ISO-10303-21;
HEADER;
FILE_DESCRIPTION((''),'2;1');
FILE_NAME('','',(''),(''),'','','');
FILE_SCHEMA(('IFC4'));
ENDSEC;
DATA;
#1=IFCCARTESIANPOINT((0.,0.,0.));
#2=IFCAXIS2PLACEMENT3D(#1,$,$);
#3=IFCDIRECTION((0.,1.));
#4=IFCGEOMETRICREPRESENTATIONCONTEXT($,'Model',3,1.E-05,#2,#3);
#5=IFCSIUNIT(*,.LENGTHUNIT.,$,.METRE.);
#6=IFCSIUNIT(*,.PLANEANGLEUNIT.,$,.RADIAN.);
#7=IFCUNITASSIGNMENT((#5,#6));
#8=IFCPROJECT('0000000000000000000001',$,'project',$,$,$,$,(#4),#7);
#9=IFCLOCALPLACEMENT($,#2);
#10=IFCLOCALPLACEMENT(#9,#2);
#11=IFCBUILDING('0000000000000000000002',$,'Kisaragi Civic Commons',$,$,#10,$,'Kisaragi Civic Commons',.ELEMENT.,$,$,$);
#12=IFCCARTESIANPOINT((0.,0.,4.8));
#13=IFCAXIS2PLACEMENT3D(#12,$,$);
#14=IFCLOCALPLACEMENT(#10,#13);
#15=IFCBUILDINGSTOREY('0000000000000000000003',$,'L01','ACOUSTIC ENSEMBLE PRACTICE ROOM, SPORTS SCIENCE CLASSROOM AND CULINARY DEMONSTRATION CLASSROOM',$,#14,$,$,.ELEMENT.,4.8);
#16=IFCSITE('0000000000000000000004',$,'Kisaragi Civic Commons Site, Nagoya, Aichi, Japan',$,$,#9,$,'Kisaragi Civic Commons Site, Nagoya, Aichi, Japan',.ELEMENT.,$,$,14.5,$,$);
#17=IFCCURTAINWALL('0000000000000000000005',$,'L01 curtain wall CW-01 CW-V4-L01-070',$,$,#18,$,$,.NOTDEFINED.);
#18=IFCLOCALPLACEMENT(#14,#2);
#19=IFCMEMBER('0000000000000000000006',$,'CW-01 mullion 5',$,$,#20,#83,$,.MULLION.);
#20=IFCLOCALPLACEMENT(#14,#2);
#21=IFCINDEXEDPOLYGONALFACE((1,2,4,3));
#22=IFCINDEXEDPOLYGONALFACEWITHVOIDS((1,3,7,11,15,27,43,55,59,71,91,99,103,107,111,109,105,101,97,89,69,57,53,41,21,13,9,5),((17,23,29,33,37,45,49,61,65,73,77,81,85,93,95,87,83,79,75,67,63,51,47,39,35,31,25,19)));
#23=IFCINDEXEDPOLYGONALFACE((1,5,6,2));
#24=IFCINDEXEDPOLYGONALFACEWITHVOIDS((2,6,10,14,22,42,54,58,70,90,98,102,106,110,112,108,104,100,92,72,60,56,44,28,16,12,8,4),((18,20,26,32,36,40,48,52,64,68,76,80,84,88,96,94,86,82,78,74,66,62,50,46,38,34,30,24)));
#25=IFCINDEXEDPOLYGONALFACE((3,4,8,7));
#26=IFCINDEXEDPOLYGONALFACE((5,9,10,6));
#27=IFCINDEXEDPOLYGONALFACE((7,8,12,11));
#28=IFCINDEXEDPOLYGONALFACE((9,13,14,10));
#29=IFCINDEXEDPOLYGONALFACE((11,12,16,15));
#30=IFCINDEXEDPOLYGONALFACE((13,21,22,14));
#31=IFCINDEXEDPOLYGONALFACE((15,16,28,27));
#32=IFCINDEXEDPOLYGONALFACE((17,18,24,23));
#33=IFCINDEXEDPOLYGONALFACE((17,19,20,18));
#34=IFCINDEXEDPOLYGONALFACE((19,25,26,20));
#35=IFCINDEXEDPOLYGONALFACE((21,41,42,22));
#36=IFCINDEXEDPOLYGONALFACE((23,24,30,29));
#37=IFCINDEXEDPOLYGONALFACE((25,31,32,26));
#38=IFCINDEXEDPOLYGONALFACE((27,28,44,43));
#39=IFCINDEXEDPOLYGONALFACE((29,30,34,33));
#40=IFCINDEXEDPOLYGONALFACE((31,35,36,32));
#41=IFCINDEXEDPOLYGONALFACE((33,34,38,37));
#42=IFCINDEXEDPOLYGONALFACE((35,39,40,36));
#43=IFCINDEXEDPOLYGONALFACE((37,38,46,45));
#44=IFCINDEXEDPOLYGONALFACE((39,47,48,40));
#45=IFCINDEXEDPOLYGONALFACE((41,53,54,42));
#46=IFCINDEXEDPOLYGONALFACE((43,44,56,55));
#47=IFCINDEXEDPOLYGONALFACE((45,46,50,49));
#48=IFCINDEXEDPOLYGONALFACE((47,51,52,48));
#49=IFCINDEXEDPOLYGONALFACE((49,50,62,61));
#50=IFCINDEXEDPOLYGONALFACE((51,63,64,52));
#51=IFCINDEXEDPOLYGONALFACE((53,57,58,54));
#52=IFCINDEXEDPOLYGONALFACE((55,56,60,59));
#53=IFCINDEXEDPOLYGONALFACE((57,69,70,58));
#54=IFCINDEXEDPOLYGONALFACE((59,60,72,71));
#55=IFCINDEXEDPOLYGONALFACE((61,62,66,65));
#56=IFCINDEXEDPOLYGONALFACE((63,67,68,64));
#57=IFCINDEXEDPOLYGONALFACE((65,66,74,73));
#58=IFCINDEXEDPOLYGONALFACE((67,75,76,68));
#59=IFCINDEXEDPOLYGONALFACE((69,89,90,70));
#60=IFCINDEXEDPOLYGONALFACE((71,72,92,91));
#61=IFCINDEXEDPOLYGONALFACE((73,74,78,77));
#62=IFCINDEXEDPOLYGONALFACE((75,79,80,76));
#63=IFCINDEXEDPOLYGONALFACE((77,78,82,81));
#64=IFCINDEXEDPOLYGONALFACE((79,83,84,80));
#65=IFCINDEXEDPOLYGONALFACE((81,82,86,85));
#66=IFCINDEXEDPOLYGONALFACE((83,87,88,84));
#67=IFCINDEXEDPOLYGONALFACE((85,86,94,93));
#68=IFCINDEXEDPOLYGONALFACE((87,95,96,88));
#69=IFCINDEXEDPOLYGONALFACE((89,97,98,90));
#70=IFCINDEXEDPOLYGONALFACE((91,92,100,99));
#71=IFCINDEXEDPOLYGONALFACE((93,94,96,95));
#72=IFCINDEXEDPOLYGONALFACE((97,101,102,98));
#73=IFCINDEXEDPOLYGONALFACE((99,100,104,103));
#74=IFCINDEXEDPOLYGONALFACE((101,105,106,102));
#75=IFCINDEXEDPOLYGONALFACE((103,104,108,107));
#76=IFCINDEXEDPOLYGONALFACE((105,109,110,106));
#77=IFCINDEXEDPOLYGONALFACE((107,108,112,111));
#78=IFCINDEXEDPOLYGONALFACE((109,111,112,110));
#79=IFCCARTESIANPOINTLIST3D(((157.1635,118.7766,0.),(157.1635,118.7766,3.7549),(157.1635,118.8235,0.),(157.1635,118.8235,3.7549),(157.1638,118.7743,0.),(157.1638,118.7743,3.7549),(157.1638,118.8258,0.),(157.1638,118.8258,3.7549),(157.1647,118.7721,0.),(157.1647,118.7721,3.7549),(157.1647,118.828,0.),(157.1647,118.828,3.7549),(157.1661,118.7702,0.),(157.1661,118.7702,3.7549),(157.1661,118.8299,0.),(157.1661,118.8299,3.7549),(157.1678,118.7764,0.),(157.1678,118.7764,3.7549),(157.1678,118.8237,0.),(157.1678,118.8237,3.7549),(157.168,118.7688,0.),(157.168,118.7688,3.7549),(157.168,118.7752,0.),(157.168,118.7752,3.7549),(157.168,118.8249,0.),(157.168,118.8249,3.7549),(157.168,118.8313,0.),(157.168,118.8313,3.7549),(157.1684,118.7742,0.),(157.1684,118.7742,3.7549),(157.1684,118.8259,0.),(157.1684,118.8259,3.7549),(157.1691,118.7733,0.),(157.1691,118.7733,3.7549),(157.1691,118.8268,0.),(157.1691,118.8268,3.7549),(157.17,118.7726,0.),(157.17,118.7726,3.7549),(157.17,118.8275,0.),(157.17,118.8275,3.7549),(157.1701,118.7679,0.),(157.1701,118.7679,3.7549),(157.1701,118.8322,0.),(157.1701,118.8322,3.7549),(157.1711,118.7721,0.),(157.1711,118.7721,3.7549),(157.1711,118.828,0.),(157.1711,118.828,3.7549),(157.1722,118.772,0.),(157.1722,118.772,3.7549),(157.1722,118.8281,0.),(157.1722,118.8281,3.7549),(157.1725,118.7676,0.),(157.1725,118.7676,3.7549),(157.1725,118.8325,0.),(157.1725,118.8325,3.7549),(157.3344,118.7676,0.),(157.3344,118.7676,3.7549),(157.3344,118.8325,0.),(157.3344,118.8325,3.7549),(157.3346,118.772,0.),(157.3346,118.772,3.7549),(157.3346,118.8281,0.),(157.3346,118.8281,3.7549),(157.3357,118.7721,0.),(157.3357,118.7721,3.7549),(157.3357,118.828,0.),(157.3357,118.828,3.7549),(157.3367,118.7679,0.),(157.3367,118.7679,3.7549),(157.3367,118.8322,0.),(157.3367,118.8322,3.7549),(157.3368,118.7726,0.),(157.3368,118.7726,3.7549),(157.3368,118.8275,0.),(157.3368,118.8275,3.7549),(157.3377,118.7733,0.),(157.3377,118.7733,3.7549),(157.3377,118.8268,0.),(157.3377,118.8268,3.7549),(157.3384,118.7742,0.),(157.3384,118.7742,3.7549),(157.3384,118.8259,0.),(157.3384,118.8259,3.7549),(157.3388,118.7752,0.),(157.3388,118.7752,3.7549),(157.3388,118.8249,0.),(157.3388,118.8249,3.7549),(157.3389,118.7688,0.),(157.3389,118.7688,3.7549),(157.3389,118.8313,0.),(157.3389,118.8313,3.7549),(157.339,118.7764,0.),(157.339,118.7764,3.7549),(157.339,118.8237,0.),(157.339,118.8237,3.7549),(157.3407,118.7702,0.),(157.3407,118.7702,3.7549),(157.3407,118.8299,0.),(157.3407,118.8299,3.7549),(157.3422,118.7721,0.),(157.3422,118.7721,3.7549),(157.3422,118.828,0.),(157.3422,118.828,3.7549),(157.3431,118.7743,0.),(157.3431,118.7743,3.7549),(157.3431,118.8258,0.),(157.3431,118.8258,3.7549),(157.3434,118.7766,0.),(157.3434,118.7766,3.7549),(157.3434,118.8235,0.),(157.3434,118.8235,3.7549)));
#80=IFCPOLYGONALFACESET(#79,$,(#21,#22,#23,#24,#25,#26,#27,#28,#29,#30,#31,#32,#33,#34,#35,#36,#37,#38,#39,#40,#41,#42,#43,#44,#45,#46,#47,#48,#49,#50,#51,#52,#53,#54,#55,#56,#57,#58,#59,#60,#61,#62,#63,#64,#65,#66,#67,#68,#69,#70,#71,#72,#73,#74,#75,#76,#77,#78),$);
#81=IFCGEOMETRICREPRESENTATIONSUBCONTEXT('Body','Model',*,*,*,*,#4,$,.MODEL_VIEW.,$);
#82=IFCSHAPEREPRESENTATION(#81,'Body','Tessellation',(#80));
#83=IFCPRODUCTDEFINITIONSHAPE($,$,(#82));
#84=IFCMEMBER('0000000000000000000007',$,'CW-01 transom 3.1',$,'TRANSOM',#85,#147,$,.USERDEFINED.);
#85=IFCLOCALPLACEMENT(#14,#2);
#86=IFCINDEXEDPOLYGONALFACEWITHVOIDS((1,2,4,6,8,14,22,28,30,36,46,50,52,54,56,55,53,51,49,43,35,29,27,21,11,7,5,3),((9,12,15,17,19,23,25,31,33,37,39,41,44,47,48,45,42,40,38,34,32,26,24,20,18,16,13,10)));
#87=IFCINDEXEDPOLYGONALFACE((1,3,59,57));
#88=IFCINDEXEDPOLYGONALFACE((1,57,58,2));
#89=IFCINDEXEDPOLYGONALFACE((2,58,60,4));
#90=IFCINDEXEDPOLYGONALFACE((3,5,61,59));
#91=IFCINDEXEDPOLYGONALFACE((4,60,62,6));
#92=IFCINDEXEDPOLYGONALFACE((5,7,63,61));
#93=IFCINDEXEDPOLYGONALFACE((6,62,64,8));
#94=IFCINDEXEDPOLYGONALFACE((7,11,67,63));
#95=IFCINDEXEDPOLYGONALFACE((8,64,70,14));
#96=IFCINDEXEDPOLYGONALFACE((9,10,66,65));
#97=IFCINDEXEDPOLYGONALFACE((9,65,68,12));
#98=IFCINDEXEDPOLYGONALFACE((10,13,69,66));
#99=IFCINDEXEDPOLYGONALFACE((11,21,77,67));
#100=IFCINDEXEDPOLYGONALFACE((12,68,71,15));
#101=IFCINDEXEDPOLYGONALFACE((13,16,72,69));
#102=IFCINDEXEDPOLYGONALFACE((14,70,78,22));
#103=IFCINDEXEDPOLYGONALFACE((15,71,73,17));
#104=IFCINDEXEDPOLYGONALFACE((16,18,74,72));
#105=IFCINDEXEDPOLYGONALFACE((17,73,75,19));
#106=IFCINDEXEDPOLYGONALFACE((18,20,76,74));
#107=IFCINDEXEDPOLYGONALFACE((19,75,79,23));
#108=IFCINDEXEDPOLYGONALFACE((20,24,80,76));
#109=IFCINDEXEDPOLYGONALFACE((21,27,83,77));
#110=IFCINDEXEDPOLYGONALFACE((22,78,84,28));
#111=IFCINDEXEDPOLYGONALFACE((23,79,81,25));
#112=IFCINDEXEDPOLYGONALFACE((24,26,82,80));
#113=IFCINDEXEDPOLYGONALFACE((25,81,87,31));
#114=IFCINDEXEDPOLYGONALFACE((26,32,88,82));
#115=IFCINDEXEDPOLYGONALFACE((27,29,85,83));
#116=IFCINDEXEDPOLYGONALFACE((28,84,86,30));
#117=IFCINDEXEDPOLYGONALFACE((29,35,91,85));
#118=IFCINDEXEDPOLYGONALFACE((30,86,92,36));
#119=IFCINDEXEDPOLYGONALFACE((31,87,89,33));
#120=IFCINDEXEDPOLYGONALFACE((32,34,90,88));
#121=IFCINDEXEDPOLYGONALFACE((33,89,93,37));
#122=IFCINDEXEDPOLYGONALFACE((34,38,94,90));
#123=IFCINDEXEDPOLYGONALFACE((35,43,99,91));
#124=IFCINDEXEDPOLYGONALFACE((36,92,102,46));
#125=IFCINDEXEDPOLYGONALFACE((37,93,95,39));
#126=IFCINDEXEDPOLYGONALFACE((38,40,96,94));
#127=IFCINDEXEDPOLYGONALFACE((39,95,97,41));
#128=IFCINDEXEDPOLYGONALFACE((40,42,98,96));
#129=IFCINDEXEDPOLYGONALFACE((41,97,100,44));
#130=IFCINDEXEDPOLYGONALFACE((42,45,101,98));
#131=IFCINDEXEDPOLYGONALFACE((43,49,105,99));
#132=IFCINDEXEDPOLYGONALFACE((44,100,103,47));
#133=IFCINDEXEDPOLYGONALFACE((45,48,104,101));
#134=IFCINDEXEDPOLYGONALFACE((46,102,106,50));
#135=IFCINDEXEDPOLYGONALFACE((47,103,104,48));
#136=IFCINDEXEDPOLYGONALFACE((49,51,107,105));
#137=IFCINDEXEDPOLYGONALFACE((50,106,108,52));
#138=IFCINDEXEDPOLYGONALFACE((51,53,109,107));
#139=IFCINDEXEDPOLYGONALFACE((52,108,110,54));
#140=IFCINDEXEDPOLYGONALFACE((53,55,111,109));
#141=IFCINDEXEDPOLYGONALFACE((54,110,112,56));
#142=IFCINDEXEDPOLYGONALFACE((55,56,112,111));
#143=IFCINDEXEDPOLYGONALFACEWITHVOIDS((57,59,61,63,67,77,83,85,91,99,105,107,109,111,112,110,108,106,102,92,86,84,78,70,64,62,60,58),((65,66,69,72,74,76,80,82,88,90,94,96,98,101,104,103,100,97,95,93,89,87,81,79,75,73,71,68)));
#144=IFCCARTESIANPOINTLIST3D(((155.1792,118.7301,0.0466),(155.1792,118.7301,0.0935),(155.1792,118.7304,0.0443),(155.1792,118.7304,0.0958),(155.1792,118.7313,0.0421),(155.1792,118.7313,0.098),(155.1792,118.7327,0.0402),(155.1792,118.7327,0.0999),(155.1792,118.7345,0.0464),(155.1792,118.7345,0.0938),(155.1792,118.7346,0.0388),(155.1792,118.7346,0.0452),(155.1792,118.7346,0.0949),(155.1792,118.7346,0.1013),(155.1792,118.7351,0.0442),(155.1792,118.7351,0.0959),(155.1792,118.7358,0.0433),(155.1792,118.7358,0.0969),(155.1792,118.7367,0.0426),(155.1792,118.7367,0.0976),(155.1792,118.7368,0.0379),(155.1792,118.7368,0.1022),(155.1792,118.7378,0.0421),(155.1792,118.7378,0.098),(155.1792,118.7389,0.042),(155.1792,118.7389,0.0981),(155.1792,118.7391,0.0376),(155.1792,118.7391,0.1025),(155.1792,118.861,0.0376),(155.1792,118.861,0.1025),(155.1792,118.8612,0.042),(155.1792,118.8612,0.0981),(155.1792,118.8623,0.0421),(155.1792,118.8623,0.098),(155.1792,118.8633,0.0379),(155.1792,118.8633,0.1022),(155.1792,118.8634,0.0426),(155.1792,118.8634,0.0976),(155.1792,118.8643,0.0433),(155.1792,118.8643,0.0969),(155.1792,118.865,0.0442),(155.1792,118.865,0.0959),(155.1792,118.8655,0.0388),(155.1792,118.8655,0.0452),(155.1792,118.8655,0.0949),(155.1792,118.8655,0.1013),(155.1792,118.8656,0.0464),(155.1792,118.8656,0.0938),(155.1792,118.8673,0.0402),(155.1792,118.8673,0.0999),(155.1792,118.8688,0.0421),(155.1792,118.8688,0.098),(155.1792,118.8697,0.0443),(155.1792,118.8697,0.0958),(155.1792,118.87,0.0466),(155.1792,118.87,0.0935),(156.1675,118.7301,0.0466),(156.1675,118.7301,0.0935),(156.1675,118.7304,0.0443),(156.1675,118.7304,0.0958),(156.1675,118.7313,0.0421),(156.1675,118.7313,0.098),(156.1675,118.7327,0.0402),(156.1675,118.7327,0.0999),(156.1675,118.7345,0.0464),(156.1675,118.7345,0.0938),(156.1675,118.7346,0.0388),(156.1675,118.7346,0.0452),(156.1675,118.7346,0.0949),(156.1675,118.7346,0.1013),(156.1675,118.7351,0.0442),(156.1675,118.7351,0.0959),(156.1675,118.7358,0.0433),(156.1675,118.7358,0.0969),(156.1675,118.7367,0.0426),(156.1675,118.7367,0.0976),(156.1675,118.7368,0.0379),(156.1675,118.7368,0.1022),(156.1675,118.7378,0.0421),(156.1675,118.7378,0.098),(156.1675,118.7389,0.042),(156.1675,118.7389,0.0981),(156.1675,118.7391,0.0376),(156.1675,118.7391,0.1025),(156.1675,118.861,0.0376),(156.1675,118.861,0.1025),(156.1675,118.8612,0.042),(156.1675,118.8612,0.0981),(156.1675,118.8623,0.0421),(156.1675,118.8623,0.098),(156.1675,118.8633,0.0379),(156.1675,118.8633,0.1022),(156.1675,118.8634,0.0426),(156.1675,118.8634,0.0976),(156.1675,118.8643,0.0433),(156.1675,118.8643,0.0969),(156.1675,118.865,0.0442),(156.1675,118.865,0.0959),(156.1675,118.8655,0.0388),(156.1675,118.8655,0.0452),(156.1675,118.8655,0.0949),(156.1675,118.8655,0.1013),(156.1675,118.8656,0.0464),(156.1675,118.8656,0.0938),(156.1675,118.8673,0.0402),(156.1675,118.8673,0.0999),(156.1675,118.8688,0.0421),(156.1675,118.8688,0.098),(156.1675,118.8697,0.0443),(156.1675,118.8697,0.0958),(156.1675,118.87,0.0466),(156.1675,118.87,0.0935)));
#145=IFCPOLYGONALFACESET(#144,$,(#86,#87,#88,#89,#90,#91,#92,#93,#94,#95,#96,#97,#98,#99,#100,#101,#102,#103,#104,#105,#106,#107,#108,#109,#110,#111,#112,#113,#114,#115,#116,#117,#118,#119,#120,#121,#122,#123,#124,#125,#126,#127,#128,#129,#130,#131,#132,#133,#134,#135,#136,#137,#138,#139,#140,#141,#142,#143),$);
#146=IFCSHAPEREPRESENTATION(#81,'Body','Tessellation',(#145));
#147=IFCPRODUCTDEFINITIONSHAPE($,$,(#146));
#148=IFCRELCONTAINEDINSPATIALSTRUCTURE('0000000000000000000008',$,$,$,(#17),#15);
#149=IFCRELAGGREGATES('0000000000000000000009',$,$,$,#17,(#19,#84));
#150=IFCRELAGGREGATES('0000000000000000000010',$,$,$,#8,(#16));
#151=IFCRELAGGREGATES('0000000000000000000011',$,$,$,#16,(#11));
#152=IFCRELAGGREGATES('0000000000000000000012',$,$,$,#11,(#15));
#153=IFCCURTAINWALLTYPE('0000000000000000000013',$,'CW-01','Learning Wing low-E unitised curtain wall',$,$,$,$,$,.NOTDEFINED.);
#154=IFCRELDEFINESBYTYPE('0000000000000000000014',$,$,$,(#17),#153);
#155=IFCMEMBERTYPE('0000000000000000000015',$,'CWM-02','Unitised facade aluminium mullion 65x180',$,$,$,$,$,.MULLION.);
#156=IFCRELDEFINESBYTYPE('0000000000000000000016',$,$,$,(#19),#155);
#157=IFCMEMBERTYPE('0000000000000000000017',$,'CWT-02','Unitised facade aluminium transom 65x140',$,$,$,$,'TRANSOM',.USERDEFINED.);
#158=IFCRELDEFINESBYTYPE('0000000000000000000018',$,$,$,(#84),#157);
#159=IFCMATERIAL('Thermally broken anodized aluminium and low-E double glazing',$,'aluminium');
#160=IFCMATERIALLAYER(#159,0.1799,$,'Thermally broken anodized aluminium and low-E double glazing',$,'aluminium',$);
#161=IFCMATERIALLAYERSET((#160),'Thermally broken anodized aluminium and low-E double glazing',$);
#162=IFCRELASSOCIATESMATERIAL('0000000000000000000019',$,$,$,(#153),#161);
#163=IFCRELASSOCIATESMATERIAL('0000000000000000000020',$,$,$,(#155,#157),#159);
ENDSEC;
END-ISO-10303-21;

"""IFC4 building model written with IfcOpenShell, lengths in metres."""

from ifc_helpers import new_model, si_unit, direction, frame, origin, origin_2d, place, context, subcontext, project, spatial, hollow_rectangle, extrude, material, layer, layer_set, material_profile, profile_set, type_object, element, aggregate, save


model = new_model("IFC4")

# Units and contexts
model_context = context("Model", 3, precision=1e-05, world=origin(), true_north=direction((0.0, 1.0)))
body_context = subcontext(model_context, "Body", "Model", "MODEL_VIEW")
ifc_project = project(units=[si_unit("LENGTHUNIT", "METRE"), si_unit("PLANEANGLEUNIT", "RADIAN")], contexts=[model_context])

# Site, building, storey
site_placement = place(None, origin())
site = spatial("IfcSite", under=ifc_project, at=site_placement, Name="Kisaragi Civic Commons Site, Nagoya, Aichi, Japan", LongName="Kisaragi Civic Commons Site, Nagoya, Aichi, Japan", CompositionType="ELEMENT", RefElevation=14.5)
building_placement = place(site_placement, origin())
building = spatial("IfcBuilding", under=site, at=building_placement, Name="Kisaragi Civic Commons", LongName="Kisaragi Civic Commons", CompositionType="ELEMENT")
storey_placement = place(building_placement, frame((0.0, 0.0, 4.8)))
storey = spatial("IfcBuildingStorey", under=building, at=storey_placement, Name="L01", Description="ACOUSTIC ENSEMBLE PRACTICE ROOM, SPORTS SCIENCE CLASSROOM AND CULINARY DEMONSTRATION CLASSROOM", CompositionType="ELEMENT", Elevation=4.8)

# Curtain wall, members
ifc_material = material(Name="Thermally broken anodized aluminium and low-E double glazing", Category="aluminium")
ifc_layer_1 = layer(ifc_material, 0.1799, Name="Thermally broken anodized aluminium and low-E double glazing", Category="aluminium")
ifc_layer_set_1 = layer_set([ifc_layer_1], Name="Thermally broken anodized aluminium and low-E double glazing")
curtain_wall_type = type_object("IfcCurtainWallType", Name="CW-01", Description="Learning Wing low-E unitised curtain wall", PredefinedType="NOTDEFINED", material=ifc_layer_set_1)
curtain_wall_placement = place(storey_placement, origin())
curtain_wall = element("IfcCurtainWall", 1, at=curtain_wall_placement, inside=storey, type_object=curtain_wall_type, Name="L01 curtain wall CW-01 CW-V4-L01-070", PredefinedType="NOTDEFINED")
ifc_material_profile_1 = material_profile(ifc_material, hollow_rectangle(XDim=0.0649, YDim=0.1799, WallThickness=0.0044, InnerFilletRadius=0.0044, OuterFilletRadius=0.009, at=origin_2d()), Name="CWM-65x180x4.5", Category="aluminium")
ifc_profile_set_1 = profile_set([ifc_material_profile_1], Name="Thermally broken anodized aluminium and low-E double glazing")
member_type_1 = type_object("IfcMemberType", Name="CWM-02", Description="Unitised facade aluminium mullion 65x180", PredefinedType="MULLION", material=ifc_profile_set_1)
member_1_placement = place(storey_placement, frame((157.2534, 118.8, 0.0), z_axis=(0.0, 0.0, 1.0), x_axis=(0.0, 1.0, 0.0)))
member_1 = element("IfcMember", 2, at=member_1_placement, type_object=member_type_1, Name="CW-01 mullion 5", PredefinedType="MULLION", context=body_context, shape_type="SweptSolid", body=[
    extrude(hollow_rectangle(XDim=0.0649, YDim=0.1799, WallThickness=0.0044, InnerFilletRadius=0.0044, OuterFilletRadius=0.009, at=origin_2d()), origin(), (0.0, 0.0, 1.0), 3.7549),
])
ifc_material_profile_2 = material_profile(ifc_material, hollow_rectangle(XDim=0.1399, YDim=0.0649, WallThickness=0.0044, InnerFilletRadius=0.0044, OuterFilletRadius=0.009, at=origin_2d()), Name="CWT-65x140x4.5", Category="aluminium")
ifc_profile_set_2 = profile_set([ifc_material_profile_2], Name="Thermally broken anodized aluminium and low-E double glazing")
member_type_2 = type_object("IfcMemberType", Name="CWT-02", Description="Unitised facade aluminium transom 65x140", ElementType="TRANSOM", PredefinedType="USERDEFINED", material=ifc_profile_set_2)
member_2_placement = place(storey_placement, frame((155.1792, 118.8, 0.0701), z_axis=(1.0, 0.0, 0.0), x_axis=(0.0, 1.0, 0.0)))
member_2 = element("IfcMember", 3, at=member_2_placement, type_object=member_type_2, Name="CW-01 transom 3.1", ObjectType="TRANSOM", PredefinedType="USERDEFINED", context=body_context, shape_type="SweptSolid", body=[
    extrude(hollow_rectangle(XDim=0.1399, YDim=0.0649, WallThickness=0.0044, InnerFilletRadius=0.0044, OuterFilletRadius=0.009, at=origin_2d()), origin(), (0.0, 0.0, 1.0), 0.9883),
])
aggregate(curtain_wall, [member_1, member_2])

save(model, "model.ifc")
